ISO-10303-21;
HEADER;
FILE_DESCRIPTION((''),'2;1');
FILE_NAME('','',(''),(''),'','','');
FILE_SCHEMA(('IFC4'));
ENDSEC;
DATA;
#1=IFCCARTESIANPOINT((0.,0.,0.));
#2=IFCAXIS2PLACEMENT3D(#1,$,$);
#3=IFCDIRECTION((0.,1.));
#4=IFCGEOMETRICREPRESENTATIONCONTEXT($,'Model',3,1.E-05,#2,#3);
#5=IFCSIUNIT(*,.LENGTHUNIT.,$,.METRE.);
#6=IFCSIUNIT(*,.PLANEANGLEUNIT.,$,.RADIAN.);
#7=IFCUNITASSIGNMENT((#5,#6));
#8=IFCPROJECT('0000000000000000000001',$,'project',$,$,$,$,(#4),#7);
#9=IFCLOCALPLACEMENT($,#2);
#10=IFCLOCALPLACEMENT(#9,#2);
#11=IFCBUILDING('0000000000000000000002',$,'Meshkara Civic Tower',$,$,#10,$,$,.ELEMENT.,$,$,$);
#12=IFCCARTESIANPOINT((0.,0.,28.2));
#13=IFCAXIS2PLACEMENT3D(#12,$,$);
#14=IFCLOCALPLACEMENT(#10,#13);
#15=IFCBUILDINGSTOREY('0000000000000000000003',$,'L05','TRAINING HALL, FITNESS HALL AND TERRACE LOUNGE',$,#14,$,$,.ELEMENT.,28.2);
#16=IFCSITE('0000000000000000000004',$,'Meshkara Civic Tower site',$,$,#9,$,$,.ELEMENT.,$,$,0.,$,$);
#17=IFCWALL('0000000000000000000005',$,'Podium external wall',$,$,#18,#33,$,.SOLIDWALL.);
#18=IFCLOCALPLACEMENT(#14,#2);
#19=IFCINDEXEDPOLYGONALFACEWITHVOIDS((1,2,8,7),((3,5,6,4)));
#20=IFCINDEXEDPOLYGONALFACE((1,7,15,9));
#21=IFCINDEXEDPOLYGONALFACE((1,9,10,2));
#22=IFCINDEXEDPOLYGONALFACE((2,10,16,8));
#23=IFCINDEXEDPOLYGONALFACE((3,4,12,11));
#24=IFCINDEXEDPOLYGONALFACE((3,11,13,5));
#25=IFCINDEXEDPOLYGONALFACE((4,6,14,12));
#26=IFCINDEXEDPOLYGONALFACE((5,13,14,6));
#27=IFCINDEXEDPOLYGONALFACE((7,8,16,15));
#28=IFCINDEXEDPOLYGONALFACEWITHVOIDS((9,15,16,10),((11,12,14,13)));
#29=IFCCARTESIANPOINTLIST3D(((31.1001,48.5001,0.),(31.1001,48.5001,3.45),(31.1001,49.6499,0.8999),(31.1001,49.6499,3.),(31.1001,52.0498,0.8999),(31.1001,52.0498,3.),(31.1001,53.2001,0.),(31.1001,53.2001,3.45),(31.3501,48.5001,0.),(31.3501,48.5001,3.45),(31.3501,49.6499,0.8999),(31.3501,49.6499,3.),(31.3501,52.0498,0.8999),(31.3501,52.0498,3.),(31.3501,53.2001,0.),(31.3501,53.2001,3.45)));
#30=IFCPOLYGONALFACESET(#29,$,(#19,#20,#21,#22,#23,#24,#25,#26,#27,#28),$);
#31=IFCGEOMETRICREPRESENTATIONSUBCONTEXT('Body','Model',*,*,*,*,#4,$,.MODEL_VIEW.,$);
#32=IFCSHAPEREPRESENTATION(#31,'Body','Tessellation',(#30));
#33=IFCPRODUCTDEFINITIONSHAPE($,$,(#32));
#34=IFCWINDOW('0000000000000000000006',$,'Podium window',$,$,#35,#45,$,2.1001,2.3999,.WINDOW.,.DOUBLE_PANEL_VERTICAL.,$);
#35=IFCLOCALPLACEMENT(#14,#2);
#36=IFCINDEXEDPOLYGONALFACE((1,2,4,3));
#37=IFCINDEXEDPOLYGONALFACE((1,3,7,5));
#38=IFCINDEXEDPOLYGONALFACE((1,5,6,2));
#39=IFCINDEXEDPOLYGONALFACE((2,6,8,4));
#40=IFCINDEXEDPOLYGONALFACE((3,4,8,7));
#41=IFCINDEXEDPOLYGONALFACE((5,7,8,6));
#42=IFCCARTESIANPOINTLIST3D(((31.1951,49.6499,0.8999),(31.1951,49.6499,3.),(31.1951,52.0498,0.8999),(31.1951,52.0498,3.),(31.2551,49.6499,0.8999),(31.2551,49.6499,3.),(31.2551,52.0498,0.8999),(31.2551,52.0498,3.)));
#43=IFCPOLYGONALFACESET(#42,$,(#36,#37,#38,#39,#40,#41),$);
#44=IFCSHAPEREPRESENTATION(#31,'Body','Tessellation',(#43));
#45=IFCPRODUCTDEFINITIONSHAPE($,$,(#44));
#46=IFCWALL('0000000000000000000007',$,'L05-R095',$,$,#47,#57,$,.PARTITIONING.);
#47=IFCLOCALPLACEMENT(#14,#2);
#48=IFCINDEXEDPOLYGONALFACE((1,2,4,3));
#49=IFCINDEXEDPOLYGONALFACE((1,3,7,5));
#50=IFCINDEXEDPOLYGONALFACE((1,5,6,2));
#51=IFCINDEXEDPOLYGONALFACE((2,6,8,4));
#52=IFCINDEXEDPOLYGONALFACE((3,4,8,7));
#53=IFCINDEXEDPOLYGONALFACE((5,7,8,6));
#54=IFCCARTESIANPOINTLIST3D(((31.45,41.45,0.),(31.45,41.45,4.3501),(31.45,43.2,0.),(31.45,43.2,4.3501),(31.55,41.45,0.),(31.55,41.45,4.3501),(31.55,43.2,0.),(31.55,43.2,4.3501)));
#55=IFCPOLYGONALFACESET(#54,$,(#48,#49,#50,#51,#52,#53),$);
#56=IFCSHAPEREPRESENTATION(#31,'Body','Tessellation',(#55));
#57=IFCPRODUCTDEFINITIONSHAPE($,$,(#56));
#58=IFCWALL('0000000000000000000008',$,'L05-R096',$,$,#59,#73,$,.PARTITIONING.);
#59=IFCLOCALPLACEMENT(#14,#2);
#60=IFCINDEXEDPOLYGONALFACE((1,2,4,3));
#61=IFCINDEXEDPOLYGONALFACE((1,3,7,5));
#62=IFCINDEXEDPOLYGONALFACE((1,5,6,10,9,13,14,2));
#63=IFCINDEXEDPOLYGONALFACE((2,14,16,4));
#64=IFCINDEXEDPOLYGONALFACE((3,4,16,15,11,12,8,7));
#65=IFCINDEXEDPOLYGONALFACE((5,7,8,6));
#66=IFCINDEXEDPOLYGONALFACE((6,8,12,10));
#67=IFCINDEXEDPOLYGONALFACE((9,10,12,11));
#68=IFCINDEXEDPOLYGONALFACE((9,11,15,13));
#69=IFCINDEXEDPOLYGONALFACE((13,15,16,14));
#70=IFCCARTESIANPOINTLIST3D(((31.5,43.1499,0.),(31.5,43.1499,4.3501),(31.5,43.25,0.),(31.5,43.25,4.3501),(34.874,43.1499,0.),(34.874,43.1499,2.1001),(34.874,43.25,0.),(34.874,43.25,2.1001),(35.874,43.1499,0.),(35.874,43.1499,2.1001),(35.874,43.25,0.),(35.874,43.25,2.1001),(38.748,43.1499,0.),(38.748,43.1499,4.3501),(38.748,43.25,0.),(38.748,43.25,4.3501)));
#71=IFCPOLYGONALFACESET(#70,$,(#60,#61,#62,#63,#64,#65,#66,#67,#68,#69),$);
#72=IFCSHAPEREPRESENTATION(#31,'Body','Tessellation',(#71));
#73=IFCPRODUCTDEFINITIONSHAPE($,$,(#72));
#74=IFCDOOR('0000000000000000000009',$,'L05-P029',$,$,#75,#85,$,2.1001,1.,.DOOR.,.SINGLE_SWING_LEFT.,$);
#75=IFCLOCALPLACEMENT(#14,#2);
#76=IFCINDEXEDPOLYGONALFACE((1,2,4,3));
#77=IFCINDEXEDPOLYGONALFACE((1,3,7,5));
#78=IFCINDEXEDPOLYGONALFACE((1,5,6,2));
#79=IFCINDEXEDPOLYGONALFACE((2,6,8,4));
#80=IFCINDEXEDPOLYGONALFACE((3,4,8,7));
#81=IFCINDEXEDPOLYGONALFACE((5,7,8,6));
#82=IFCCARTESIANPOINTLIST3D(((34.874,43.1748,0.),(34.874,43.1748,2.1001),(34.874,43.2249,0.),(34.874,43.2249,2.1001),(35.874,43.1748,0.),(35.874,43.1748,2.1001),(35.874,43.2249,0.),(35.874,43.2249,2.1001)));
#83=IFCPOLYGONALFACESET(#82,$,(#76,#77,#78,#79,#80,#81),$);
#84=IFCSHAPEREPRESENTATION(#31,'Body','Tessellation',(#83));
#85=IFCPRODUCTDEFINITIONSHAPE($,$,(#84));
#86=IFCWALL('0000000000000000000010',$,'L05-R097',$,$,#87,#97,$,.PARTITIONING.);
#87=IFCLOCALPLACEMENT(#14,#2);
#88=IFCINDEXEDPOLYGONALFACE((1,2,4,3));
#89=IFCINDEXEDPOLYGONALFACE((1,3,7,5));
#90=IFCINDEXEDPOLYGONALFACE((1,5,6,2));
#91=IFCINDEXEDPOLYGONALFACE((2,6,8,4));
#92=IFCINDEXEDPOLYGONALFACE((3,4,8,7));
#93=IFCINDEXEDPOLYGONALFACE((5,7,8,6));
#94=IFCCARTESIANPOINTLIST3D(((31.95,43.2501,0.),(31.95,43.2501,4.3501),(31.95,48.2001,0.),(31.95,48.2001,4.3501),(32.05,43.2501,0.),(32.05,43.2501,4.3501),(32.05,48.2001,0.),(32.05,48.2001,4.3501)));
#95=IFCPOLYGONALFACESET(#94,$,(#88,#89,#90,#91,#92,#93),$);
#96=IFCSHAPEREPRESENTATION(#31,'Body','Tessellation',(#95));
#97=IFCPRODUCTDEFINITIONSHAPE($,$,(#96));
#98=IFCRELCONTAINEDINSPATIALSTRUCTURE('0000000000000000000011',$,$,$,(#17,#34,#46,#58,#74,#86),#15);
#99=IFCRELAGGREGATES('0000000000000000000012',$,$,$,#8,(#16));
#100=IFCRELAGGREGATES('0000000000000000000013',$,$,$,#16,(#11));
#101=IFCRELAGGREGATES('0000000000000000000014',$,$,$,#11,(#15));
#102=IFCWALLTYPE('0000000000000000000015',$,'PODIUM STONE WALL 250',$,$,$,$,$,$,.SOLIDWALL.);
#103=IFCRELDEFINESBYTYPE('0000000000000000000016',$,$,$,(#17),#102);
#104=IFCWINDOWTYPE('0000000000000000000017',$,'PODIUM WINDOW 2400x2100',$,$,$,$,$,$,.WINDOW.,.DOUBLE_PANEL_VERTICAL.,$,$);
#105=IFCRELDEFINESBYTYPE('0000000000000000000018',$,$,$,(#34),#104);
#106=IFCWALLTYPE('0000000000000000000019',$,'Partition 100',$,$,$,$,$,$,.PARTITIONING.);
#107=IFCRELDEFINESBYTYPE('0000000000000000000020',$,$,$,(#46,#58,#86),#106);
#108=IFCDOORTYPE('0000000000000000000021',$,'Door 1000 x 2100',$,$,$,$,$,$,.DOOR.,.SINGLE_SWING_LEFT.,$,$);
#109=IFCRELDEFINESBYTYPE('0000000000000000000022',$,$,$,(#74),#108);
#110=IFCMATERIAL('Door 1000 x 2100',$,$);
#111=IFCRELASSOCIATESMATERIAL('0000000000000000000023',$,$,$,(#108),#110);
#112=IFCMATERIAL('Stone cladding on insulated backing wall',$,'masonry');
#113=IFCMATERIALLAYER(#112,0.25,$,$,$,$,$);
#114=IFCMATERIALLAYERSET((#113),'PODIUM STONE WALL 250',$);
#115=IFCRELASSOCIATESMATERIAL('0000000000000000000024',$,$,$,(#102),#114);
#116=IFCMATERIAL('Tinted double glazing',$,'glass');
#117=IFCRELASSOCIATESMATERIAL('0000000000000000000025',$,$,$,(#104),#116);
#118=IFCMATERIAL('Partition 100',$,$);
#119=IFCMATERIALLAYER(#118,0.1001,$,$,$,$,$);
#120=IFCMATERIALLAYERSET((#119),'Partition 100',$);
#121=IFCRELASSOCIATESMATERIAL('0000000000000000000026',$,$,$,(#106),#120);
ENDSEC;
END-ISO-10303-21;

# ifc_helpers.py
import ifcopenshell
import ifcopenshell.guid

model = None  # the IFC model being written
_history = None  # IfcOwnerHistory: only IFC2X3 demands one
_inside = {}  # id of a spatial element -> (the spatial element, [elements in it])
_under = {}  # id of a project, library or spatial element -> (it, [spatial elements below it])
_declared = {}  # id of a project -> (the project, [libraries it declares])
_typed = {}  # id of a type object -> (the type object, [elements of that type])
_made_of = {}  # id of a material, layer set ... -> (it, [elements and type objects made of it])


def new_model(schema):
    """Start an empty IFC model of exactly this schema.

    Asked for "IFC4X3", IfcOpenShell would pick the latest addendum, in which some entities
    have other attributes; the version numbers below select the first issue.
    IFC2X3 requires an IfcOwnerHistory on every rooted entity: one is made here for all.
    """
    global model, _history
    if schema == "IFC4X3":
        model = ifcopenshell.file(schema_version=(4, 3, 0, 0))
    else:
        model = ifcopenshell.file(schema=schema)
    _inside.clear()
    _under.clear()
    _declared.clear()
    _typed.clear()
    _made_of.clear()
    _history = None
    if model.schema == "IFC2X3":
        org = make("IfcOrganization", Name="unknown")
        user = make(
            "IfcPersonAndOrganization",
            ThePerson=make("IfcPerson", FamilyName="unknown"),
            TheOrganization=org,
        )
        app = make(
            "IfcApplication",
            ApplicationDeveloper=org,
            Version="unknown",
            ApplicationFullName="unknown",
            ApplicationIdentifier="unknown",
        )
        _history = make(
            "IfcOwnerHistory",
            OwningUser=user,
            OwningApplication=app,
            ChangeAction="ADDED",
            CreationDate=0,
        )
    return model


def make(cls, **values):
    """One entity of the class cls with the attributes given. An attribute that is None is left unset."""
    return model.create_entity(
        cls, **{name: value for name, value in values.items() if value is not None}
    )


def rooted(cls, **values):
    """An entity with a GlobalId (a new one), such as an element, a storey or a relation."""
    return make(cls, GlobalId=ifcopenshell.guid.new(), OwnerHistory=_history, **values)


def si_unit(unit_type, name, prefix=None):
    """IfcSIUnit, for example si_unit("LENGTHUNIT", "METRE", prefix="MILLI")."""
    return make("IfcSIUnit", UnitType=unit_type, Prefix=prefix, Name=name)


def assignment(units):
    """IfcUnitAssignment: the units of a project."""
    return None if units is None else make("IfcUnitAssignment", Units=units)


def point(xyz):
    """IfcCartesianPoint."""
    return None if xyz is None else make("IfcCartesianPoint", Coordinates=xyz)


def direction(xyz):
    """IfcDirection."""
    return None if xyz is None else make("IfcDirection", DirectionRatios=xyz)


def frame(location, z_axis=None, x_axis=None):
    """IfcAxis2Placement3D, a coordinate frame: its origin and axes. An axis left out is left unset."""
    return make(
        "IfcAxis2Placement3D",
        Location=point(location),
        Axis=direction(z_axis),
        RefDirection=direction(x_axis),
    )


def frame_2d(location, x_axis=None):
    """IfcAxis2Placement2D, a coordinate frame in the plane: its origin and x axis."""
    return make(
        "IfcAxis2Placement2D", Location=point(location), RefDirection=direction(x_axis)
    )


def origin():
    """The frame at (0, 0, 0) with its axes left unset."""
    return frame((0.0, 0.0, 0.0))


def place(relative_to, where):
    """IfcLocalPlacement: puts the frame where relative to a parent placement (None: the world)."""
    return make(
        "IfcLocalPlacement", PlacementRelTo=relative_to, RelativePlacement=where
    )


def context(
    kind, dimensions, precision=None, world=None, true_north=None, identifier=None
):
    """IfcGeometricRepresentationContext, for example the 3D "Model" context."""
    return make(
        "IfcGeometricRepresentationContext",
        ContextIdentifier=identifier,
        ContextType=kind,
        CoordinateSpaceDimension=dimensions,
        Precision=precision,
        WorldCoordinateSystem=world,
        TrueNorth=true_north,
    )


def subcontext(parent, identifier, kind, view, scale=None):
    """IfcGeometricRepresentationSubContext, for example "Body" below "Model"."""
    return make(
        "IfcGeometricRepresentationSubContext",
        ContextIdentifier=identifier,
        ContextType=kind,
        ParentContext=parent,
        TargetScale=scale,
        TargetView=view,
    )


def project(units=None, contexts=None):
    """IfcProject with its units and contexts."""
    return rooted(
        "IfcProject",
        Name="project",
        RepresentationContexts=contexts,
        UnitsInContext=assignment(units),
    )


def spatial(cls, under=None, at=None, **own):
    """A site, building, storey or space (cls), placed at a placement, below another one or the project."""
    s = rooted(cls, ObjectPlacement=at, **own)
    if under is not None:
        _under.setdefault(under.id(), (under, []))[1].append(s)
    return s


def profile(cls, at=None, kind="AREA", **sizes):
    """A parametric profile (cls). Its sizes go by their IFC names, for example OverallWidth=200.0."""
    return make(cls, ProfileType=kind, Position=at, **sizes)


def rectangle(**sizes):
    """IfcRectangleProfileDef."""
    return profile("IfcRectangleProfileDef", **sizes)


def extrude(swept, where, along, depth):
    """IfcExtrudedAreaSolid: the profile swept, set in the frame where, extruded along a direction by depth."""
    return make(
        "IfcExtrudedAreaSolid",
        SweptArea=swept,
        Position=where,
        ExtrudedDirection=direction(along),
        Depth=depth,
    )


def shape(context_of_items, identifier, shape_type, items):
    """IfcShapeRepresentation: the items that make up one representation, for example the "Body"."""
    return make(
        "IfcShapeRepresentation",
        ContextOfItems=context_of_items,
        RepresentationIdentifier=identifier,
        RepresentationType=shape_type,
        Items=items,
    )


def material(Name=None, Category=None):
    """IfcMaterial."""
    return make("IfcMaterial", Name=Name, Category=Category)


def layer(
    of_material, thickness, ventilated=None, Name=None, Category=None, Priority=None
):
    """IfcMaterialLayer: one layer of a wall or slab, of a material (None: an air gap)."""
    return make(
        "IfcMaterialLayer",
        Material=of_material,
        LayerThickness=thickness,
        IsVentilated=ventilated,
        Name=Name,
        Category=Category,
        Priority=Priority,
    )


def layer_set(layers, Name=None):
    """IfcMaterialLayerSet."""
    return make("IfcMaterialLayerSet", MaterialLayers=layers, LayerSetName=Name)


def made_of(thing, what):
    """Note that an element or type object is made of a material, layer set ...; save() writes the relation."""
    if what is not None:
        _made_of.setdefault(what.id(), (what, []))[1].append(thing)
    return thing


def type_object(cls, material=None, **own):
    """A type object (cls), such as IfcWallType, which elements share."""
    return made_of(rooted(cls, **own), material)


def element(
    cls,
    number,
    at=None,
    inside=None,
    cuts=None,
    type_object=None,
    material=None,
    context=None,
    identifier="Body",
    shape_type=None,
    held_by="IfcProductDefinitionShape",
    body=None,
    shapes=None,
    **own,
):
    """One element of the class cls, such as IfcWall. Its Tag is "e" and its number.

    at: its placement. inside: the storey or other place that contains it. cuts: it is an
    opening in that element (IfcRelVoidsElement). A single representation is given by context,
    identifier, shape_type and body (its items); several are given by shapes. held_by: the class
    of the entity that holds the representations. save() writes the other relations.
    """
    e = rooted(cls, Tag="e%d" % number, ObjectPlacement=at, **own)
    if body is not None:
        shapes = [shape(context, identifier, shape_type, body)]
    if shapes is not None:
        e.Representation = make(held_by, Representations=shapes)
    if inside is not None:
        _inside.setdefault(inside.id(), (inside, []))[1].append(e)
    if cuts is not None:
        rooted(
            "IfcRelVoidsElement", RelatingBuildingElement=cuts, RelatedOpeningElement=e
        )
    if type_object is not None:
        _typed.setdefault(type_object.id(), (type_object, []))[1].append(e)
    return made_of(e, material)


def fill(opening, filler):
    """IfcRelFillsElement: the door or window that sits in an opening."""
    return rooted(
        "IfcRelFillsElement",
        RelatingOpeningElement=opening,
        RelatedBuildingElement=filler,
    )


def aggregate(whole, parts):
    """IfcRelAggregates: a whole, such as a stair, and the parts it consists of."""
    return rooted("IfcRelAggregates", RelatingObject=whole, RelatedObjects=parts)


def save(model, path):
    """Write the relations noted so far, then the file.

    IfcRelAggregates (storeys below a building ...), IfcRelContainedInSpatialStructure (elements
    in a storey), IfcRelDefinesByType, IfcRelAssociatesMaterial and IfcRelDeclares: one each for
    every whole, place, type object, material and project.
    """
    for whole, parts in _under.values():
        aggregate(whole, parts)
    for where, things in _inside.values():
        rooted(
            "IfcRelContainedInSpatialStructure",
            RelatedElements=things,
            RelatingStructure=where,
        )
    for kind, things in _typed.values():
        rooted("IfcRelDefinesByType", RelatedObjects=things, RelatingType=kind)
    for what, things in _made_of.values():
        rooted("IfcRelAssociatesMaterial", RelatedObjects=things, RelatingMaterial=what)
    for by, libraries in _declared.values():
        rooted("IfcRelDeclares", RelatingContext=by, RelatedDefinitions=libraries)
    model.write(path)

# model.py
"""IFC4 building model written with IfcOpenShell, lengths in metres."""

from ifc_helpers import new_model, si_unit, direction, frame, frame_2d, origin, place, context, subcontext, project, spatial, rectangle, extrude, material, layer, layer_set, type_object, element, fill, save


model = new_model("IFC4")

# Units and contexts
model_context = context("Model", 3, precision=1e-05, world=origin(), true_north=direction((0.0, 1.0)))
body_context = subcontext(model_context, "Body", "Model", "MODEL_VIEW")
ifc_project = project(units=[si_unit("LENGTHUNIT", "METRE"), si_unit("PLANEANGLEUNIT", "RADIAN")], contexts=[model_context])

# Site, building, storey
site_placement = place(None, origin())
site = spatial("IfcSite", under=ifc_project, at=site_placement, Name="Meshkara Civic Tower site", CompositionType="ELEMENT", RefElevation=0.0)
building_placement = place(site_placement, origin())
building = spatial("IfcBuilding", under=site, at=building_placement, Name="Meshkara Civic Tower", CompositionType="ELEMENT")
storey_placement = place(building_placement, frame((0.0, 0.0, 28.2)))
storey = spatial("IfcBuildingStorey", under=building, at=storey_placement, Name="L05", Description="TRAINING HALL, FITNESS HALL AND TERRACE LOUNGE", CompositionType="ELEMENT", Elevation=28.2)

# Shared definitions
ifc_material_1 = material(Name="Door 1000 x 2100")
door_type = type_object("IfcDoorType", Name="Door 1000 x 2100", OperationType="SINGLE_SWING_LEFT", PredefinedType="DOOR", material=ifc_material_1)

# Shared definitions
ifc_material_2 = material(Name="Stone cladding on insulated backing wall", Category="masonry")
ifc_layer_1 = layer(ifc_material_2, 0.25)
ifc_layer_set_1 = layer_set([ifc_layer_1], Name="PODIUM STONE WALL 250")
wall_type_1 = type_object("IfcWallType", Name="PODIUM STONE WALL 250", PredefinedType="SOLIDWALL", material=ifc_layer_set_1)

# Wall, opening, window
wall_1_placement = place(storey_placement, frame((31.2251, 48.5, 0.0), z_axis=(0.0, 0.0, 1.0), x_axis=(0.0, 1.0, 0.0)))
wall_1 = element("IfcWall", 1, at=wall_1_placement, inside=storey, type_object=wall_type_1, Name="Podium external wall", PredefinedType="SOLIDWALL", context=body_context, shape_type="SweptSolid", body=[
    extrude(rectangle(XDim=4.7, YDim=0.25, at=frame_2d((2.3501, 0.0))), origin(), (0.0, 0.0, 1.0), 3.45),
])
opening_1_placement = place(wall_1_placement, frame((1.1499, 0.0, 0.8999)))
opening_1 = element("IfcOpeningElement", 2, at=opening_1_placement, cuts=wall_1, PredefinedType="OPENING", context=body_context, shape_type="SweptSolid", body=[
    extrude(rectangle(XDim=2.3999, YDim=2.1001, at=frame_2d((1.2, 1.05))), frame((0.0, 0.135, 0.0), z_axis=(0.0, -1.0, 0.0), x_axis=(1.0, 0.0, 0.0)), (0.0, 0.0, 1.0), 0.27),
])
ifc_material_3 = material(Name="Tinted double glazing", Category="glass")
window_type = type_object("IfcWindowType", Name="PODIUM WINDOW 2400x2100", PartitioningType="DOUBLE_PANEL_VERTICAL", PredefinedType="WINDOW", material=ifc_material_3)
window_placement = place(opening_1_placement, origin())
window = element("IfcWindow", 3, at=window_placement, inside=storey, type_object=window_type, Name="Podium window", OverallHeight=2.1001, OverallWidth=2.3999, PartitioningType="DOUBLE_PANEL_VERTICAL", PredefinedType="WINDOW", context=body_context, shape_type="SweptSolid", body=[
    extrude(rectangle(XDim=2.3999, YDim=2.1001, at=frame_2d((1.2, 1.05))), frame((0.0, 0.03, 0.0), z_axis=(0.0, -1.0, 0.0), x_axis=(1.0, 0.0, 0.0)), (0.0, 0.0, 1.0), 0.0601),
])
fill(opening_1, window)

# Wall
ifc_material_4 = material(Name="Partition 100")
ifc_layer_2 = layer(ifc_material_4, 0.1001)
ifc_layer_set_2 = layer_set([ifc_layer_2], Name="Partition 100")
wall_type_2 = type_object("IfcWallType", Name="Partition 100", PredefinedType="PARTITIONING", material=ifc_layer_set_2)
wall_2_placement = place(storey_placement, frame((31.5, 41.45, 0.0), z_axis=(0.0, 0.0, 1.0), x_axis=(0.0, 1.0, 0.0)))
element("IfcWall", 4, at=wall_2_placement, inside=storey, type_object=wall_type_2, Name="L05-R095", PredefinedType="PARTITIONING", context=body_context, shape_type="SweptSolid", body=[
    extrude(rectangle(XDim=1.75, YDim=0.1001, at=frame_2d((0.875, 0.0))), origin(), (0.0, 0.0, 1.0), 4.3501),
])

# Wall, opening, door
wall_3_placement = place(storey_placement, frame((31.5, 43.2, 0.0), z_axis=(0.0, 0.0, 1.0), x_axis=(1.0, 0.0, 0.0)))
wall_3 = element("IfcWall", 5, at=wall_3_placement, inside=storey, type_object=wall_type_2, Name="L05-R096", PredefinedType="PARTITIONING", context=body_context, shape_type="SweptSolid", body=[
    extrude(rectangle(XDim=7.248, YDim=0.1001, at=frame_2d((3.624, 0.0))), origin(), (0.0, 0.0, 1.0), 4.3501),
])
opening_2_placement = place(wall_3_placement, frame((3.374, 0.0, 0.0)))
opening_2 = element("IfcOpeningElement", 6, at=opening_2_placement, cuts=wall_3, PredefinedType="OPENING", context=body_context, shape_type="SweptSolid", body=[
    extrude(rectangle(XDim=1.0, YDim=2.1001, at=frame_2d((0.5, 1.05))), frame((0.0, 0.0601, 0.0), z_axis=(0.0, -1.0, 0.0), x_axis=(1.0, 0.0, 0.0)), (0.0, 0.0, 1.0), 0.1201),
])
door_1_placement = place(opening_2_placement, origin())
door_1 = element("IfcDoor", 7, at=door_1_placement, inside=storey, type_object=door_type, Name="L05-P029", OperationType="SINGLE_SWING_LEFT", OverallHeight=2.1001, OverallWidth=1.0, PredefinedType="DOOR", context=body_context, shape_type="SweptSolid", body=[
    extrude(rectangle(XDim=1.0, YDim=2.1001, at=frame_2d((0.5, 1.05))), frame((0.0, 0.0249, 0.0), z_axis=(0.0, -1.0, 0.0), x_axis=(1.0, 0.0, 0.0)), (0.0, 0.0, 1.0), 0.05),
])
fill(opening_2, door_1)

# Wall
wall_4_placement = place(storey_placement, frame((32.0, 43.25, 0.0), z_axis=(0.0, 0.0, 1.0), x_axis=(0.0, 1.0, 0.0)))
element("IfcWall", 8, at=wall_4_placement, inside=storey, type_object=wall_type_2, Name="L05-R097", PredefinedType="PARTITIONING", context=body_context, shape_type="SweptSolid", body=[
    extrude(rectangle(XDim=4.95, YDim=0.1001, at=frame_2d((2.4751, 0.0))), origin(), (0.0, 0.0, 1.0), 4.3501),
])

save(model, "model.ifc")
